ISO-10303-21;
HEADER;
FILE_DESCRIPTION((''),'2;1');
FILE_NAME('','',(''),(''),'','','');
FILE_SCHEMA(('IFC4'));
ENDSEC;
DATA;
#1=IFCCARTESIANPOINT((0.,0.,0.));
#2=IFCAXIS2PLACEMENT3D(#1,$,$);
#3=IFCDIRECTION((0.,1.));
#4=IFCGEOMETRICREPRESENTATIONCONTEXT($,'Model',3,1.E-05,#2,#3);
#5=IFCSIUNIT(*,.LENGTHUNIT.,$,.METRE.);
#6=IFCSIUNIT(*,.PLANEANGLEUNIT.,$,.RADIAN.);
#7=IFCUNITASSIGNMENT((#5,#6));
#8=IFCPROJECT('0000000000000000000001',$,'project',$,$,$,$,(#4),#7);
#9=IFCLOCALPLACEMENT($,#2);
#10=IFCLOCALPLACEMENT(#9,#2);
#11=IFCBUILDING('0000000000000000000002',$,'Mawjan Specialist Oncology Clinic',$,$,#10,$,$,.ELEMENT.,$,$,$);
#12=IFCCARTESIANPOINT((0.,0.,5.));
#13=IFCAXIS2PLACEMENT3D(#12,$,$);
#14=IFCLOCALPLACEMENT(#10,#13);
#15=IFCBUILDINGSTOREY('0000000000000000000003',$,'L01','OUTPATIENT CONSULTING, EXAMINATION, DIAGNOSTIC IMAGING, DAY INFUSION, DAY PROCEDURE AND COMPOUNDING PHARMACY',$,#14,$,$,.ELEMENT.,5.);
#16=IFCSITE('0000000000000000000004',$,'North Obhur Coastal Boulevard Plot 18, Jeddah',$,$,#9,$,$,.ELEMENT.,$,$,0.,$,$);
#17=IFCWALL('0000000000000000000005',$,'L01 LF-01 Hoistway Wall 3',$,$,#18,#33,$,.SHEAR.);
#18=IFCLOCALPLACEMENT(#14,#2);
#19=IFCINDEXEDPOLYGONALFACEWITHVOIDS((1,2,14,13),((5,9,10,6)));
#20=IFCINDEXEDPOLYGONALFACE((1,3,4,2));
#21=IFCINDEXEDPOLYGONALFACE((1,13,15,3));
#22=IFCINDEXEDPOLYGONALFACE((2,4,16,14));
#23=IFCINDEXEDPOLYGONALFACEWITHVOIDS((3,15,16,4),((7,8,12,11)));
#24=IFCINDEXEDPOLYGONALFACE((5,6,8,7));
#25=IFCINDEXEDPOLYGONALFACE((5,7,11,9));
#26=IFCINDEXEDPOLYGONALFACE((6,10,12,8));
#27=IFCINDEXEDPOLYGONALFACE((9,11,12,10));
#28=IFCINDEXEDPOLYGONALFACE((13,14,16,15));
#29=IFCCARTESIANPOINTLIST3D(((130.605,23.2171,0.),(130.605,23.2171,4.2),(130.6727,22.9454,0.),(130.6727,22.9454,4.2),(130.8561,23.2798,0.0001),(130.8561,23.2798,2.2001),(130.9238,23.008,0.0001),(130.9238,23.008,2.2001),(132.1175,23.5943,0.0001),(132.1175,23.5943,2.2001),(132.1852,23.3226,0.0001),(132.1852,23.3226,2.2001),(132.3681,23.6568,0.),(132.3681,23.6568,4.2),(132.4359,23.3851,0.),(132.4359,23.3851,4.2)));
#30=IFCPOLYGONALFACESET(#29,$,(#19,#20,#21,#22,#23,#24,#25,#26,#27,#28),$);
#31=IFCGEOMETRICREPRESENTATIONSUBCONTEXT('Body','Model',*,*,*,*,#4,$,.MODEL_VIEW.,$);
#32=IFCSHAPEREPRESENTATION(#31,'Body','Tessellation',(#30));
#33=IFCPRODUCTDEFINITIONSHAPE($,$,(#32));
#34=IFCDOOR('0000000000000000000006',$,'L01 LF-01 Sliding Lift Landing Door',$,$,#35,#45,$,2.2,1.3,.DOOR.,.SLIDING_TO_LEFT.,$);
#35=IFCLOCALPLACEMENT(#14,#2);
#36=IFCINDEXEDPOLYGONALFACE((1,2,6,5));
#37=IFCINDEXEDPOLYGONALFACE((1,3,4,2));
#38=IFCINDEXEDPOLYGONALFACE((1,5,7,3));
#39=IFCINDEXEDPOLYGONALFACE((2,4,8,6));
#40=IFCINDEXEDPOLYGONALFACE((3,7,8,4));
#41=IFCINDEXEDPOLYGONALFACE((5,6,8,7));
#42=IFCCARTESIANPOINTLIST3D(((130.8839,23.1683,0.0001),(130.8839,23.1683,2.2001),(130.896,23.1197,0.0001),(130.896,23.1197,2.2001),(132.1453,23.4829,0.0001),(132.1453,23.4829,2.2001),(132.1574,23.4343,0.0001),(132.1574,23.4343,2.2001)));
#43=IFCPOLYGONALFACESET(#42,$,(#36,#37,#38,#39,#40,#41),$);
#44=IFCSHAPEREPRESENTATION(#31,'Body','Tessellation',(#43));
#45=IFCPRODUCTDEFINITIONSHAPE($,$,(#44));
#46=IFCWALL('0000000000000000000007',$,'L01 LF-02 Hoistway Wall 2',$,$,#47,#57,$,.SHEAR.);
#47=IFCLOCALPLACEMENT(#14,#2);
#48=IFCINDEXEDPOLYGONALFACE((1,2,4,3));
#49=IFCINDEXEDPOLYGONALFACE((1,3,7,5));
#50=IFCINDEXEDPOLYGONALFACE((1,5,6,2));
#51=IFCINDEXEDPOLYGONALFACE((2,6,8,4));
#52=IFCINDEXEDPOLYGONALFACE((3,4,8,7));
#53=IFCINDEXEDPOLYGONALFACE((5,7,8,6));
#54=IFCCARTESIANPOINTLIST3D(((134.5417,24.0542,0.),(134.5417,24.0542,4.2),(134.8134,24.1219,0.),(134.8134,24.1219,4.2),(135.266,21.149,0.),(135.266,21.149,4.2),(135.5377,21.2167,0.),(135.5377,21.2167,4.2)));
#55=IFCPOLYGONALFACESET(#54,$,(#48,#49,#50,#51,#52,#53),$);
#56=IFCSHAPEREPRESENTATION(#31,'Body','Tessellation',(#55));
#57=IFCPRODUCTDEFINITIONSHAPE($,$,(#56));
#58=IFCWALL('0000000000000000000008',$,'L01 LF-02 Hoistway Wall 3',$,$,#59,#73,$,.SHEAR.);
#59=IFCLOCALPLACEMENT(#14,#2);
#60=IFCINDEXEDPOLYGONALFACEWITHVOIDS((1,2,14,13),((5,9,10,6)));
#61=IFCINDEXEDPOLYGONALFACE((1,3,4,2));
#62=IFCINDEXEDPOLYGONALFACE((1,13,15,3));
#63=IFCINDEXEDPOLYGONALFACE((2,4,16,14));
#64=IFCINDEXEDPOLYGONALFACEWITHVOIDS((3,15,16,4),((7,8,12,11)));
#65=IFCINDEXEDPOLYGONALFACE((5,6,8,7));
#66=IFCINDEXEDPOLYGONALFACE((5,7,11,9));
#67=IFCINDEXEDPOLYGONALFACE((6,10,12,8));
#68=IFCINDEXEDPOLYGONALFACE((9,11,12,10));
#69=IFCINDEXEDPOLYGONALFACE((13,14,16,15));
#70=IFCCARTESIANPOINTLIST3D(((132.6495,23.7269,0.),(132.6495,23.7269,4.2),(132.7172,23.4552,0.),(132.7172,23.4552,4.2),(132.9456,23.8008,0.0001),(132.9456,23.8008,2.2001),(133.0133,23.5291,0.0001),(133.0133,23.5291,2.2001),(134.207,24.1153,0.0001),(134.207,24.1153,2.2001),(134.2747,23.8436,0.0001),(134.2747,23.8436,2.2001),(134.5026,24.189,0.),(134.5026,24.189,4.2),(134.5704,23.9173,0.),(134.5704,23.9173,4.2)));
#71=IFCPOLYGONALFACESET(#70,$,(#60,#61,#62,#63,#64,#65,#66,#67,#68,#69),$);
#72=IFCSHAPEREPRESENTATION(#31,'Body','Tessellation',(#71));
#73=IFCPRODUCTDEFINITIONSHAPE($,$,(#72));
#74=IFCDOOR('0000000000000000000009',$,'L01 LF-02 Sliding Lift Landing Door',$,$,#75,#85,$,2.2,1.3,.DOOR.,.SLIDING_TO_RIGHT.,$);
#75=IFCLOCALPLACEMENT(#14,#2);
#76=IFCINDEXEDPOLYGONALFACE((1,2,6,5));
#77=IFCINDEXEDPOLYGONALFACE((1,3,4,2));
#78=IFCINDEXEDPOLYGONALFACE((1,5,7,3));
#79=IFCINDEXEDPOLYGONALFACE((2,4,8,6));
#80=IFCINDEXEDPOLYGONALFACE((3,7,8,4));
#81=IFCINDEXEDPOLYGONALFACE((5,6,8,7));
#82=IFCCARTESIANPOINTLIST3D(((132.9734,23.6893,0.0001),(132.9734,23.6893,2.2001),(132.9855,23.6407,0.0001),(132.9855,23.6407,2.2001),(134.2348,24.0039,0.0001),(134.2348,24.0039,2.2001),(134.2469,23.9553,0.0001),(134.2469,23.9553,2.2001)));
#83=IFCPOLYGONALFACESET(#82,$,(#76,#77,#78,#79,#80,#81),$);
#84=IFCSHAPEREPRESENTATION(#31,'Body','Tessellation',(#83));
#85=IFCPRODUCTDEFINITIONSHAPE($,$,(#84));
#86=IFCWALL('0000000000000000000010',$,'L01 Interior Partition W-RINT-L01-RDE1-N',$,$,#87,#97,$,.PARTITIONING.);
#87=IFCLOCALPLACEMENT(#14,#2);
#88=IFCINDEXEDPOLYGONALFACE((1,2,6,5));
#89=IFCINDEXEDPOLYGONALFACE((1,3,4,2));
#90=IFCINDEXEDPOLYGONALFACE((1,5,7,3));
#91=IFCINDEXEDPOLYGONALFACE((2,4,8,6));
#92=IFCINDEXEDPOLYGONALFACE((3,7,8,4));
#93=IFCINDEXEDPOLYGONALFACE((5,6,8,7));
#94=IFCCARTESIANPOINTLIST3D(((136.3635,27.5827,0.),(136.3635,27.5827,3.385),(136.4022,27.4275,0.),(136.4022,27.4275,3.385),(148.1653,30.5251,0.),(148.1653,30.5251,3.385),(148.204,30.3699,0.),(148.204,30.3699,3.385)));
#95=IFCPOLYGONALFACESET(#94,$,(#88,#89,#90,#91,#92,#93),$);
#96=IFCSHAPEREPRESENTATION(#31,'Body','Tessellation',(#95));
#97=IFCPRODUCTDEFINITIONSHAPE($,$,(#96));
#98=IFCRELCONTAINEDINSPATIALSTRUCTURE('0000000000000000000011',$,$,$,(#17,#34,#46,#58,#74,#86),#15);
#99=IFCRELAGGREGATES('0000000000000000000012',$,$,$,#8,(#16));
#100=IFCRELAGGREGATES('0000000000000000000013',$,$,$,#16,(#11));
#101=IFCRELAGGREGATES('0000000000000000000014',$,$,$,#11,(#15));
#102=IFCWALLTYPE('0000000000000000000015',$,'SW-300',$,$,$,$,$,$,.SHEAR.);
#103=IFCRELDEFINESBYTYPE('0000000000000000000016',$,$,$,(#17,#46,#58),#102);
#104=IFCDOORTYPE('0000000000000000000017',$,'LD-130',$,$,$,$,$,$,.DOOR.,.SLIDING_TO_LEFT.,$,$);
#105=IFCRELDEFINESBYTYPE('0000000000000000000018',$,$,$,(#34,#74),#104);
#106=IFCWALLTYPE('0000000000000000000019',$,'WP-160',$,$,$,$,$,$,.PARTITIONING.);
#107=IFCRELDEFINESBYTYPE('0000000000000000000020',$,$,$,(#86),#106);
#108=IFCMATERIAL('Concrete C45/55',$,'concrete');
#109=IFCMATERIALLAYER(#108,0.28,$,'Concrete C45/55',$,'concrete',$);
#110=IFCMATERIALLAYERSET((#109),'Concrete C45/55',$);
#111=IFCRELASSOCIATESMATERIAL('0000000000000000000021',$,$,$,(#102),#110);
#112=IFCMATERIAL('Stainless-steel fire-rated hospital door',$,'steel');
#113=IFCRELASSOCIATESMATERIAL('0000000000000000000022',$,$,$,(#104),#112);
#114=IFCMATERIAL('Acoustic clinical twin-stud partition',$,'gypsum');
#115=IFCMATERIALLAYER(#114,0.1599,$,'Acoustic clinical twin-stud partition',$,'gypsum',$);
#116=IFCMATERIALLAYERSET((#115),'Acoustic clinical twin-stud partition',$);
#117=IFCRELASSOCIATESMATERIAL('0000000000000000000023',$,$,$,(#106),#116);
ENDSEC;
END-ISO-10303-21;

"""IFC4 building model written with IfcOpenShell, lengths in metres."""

from ifc_helpers import new_model, si_unit, direction, frame, frame_2d, origin, place, context, subcontext, project, spatial, rectangle, extrude, material, layer, layer_set, type_object, element, fill, save


model = new_model("IFC4")

# Units and contexts
model_context = context("Model", 3, precision=1e-05, world=origin(), true_north=direction((0.0, 1.0)))
body_context = subcontext(model_context, "Body", "Model", "MODEL_VIEW")
ifc_project = project(units=[si_unit("LENGTHUNIT", "METRE"), si_unit("PLANEANGLEUNIT", "RADIAN")], contexts=[model_context])

# Site, building, storey
site_placement = place(None, origin())
site = spatial("IfcSite", under=ifc_project, at=site_placement, Name="North Obhur Coastal Boulevard Plot 18, Jeddah", CompositionType="ELEMENT", RefElevation=0.0)
building_placement = place(site_placement, origin())
building = spatial("IfcBuilding", under=site, at=building_placement, Name="Mawjan Specialist Oncology Clinic", CompositionType="ELEMENT")
storey_placement = place(building_placement, frame((0.0, 0.0, 5.0)))
storey = spatial("IfcBuildingStorey", under=building, at=storey_placement, Name="L01", Description="OUTPATIENT CONSULTING, EXAMINATION, DIAGNOSTIC IMAGING, DAY INFUSION, DAY PROCEDURE AND COMPOUNDING PHARMACY", CompositionType="ELEMENT", Elevation=5.0)

# Wall, opening, door
ifc_material_1 = material(Name="Concrete C45/55", Category="concrete")
ifc_layer_1 = layer(ifc_material_1, 0.28, Name="Concrete C45/55", Category="concrete")
ifc_layer_set_1 = layer_set([ifc_layer_1], Name="Concrete C45/55")
wall_type_1 = type_object("IfcWallType", Name="SW-300", PredefinedType="SHEAR", material=ifc_layer_set_1)
wall_1_placement = place(storey_placement, frame((132.4021, 23.521, 0.0), z_axis=(0.0, 0.0, 1.0), x_axis=(-0.970285, -0.241967, 0.0)))
wall_1 = element("IfcWall", 1, at=wall_1_placement, inside=storey, type_object=wall_type_1, Name="L01 LF-01 Hoistway Wall 3", PredefinedType="SHEAR", context=body_context, shape_type="SweptSolid", body=[
    extrude(rectangle(XDim=1.8171, YDim=0.28, at=frame_2d((0.9087, 0.0))), origin(), (0.0, 0.0, 1.0), 4.2),
])
opening_1_placement = place(wall_1_placement, frame((0.2585, 0.0, 0.0)))
opening_1 = element("IfcOpeningElement", 2, at=opening_1_placement, cuts=wall_1, PredefinedType="OPENING", context=body_context, shape_type="SweptSolid", body=[
    extrude(rectangle(XDim=1.3, YDim=2.2, at=frame_2d((0.6499, 1.1001))), frame((0.0, 0.1521, 0.0), z_axis=(0.0, -1.0, 0.0), x_axis=(1.0, 0.0, 0.0)), (0.0, 0.0, 1.0), 0.304),
])
ifc_material_2 = material(Name="Stainless-steel fire-rated hospital door", Category="steel")
door_type = type_object("IfcDoorType", Name="LD-130", OperationType="SLIDING_TO_LEFT", PredefinedType="DOOR", material=ifc_material_2)
door_1_placement = place(opening_1_placement, origin())
door_1 = element("IfcDoor", 3, at=door_1_placement, inside=storey, type_object=door_type, Name="L01 LF-01 Sliding Lift Landing Door", OperationType="SLIDING_TO_LEFT", OverallHeight=2.2, OverallWidth=1.3, PredefinedType="DOOR", context=body_context, shape_type="SweptSolid", body=[
    extrude(rectangle(XDim=1.3, YDim=2.2, at=frame_2d((0.6499, 1.1001))), frame((0.0, 0.0249, 0.0), z_axis=(0.0, -1.0, 0.0), x_axis=(1.0, 0.0, 0.0)), (0.0, 0.0, 1.0), 0.05),
])
fill(opening_1, door_1)

# Wall
wall_2_placement = place(storey_placement, frame((135.4019, 21.1829, 0.0), z_axis=(0.0, 0.0, 1.0), x_axis=(-0.241922, 0.970296, 0.0)))
element("IfcWall", 4, at=wall_2_placement, inside=storey, type_object=wall_type_1, Name="L01 LF-02 Hoistway Wall 2", PredefinedType="SHEAR", context=body_context, shape_type="SweptSolid", body=[
    extrude(rectangle(XDim=2.9941, YDim=0.28, at=frame_2d((1.4971, 0.0))), origin(), (0.0, 0.0, 1.0), 4.2),
])

# Wall, opening, door
wall_3_placement = place(storey_placement, frame((134.5366, 24.0532, 0.0), z_axis=(0.0, 0.0, 1.0), x_axis=(-0.970285, -0.241964, 0.0)))
wall_3 = element("IfcWall", 5, at=wall_3_placement, inside=storey, type_object=wall_type_1, Name="L01 LF-02 Hoistway Wall 3", PredefinedType="SHEAR", context=body_context, shape_type="SweptSolid", body=[
    extrude(rectangle(XDim=1.9099, YDim=0.28, at=frame_2d((0.9551, 0.0))), origin(), (0.0, 0.0, 1.0), 4.2),
])
opening_2_placement = place(wall_3_placement, frame((0.3049, 0.0, 0.0)))
opening_2 = element("IfcOpeningElement", 6, at=opening_2_placement, cuts=wall_3, PredefinedType="OPENING", context=body_context, shape_type="SweptSolid", body=[
    extrude(rectangle(XDim=1.3, YDim=2.2, at=frame_2d((0.6499, 1.1001))), frame((0.0, 0.1521, 0.0), z_axis=(0.0, -1.0, 0.0), x_axis=(1.0, 0.0, 0.0)), (0.0, 0.0, 1.0), 0.304),
])
door_2_placement = place(opening_2_placement, origin())
door_2 = element("IfcDoor", 7, at=door_2_placement, inside=storey, type_object=door_type, Name="L01 LF-02 Sliding Lift Landing Door", OperationType="SLIDING_TO_RIGHT", OverallHeight=2.2, OverallWidth=1.3, PredefinedType="DOOR", context=body_context, shape_type="SweptSolid", body=[
    extrude(rectangle(XDim=1.3, YDim=2.2, at=frame_2d((0.6499, 1.1001))), frame((0.0, 0.0249, 0.0), z_axis=(0.0, -1.0, 0.0), x_axis=(1.0, 0.0, 0.0)), (0.0, 0.0, 1.0), 0.05),
])
fill(opening_2, door_2)

# Wall
ifc_material_3 = material(Name="Acoustic clinical twin-stud partition", Category="gypsum")
ifc_layer_2 = layer(ifc_material_3, 0.1599, Name="Acoustic clinical twin-stud partition", Category="gypsum")
ifc_layer_set_2 = layer_set([ifc_layer_2], Name="Acoustic clinical twin-stud partition")
wall_type_2 = type_object("IfcWallType", Name="WP-160", PredefinedType="PARTITIONING", material=ifc_layer_set_2)
wall_4_placement = place(storey_placement, frame((136.3828, 27.5051, 0.0), z_axis=(0.0, 0.0, 1.0), x_axis=(0.970298, 0.241912, 0.0)))
element("IfcWall", 8, at=wall_4_placement, inside=storey, type_object=wall_type_2, Name="L01 Interior Partition W-RINT-L01-RDE1-N", PredefinedType="PARTITIONING", context=body_context, shape_type="SweptSolid", body=[
    extrude(rectangle(XDim=12.1631, YDim=0.1599, at=frame_2d((6.0815, 0.0))), origin(), (0.0, 0.0, 1.0), 3.385),
])

save(model, "model.ifc")
